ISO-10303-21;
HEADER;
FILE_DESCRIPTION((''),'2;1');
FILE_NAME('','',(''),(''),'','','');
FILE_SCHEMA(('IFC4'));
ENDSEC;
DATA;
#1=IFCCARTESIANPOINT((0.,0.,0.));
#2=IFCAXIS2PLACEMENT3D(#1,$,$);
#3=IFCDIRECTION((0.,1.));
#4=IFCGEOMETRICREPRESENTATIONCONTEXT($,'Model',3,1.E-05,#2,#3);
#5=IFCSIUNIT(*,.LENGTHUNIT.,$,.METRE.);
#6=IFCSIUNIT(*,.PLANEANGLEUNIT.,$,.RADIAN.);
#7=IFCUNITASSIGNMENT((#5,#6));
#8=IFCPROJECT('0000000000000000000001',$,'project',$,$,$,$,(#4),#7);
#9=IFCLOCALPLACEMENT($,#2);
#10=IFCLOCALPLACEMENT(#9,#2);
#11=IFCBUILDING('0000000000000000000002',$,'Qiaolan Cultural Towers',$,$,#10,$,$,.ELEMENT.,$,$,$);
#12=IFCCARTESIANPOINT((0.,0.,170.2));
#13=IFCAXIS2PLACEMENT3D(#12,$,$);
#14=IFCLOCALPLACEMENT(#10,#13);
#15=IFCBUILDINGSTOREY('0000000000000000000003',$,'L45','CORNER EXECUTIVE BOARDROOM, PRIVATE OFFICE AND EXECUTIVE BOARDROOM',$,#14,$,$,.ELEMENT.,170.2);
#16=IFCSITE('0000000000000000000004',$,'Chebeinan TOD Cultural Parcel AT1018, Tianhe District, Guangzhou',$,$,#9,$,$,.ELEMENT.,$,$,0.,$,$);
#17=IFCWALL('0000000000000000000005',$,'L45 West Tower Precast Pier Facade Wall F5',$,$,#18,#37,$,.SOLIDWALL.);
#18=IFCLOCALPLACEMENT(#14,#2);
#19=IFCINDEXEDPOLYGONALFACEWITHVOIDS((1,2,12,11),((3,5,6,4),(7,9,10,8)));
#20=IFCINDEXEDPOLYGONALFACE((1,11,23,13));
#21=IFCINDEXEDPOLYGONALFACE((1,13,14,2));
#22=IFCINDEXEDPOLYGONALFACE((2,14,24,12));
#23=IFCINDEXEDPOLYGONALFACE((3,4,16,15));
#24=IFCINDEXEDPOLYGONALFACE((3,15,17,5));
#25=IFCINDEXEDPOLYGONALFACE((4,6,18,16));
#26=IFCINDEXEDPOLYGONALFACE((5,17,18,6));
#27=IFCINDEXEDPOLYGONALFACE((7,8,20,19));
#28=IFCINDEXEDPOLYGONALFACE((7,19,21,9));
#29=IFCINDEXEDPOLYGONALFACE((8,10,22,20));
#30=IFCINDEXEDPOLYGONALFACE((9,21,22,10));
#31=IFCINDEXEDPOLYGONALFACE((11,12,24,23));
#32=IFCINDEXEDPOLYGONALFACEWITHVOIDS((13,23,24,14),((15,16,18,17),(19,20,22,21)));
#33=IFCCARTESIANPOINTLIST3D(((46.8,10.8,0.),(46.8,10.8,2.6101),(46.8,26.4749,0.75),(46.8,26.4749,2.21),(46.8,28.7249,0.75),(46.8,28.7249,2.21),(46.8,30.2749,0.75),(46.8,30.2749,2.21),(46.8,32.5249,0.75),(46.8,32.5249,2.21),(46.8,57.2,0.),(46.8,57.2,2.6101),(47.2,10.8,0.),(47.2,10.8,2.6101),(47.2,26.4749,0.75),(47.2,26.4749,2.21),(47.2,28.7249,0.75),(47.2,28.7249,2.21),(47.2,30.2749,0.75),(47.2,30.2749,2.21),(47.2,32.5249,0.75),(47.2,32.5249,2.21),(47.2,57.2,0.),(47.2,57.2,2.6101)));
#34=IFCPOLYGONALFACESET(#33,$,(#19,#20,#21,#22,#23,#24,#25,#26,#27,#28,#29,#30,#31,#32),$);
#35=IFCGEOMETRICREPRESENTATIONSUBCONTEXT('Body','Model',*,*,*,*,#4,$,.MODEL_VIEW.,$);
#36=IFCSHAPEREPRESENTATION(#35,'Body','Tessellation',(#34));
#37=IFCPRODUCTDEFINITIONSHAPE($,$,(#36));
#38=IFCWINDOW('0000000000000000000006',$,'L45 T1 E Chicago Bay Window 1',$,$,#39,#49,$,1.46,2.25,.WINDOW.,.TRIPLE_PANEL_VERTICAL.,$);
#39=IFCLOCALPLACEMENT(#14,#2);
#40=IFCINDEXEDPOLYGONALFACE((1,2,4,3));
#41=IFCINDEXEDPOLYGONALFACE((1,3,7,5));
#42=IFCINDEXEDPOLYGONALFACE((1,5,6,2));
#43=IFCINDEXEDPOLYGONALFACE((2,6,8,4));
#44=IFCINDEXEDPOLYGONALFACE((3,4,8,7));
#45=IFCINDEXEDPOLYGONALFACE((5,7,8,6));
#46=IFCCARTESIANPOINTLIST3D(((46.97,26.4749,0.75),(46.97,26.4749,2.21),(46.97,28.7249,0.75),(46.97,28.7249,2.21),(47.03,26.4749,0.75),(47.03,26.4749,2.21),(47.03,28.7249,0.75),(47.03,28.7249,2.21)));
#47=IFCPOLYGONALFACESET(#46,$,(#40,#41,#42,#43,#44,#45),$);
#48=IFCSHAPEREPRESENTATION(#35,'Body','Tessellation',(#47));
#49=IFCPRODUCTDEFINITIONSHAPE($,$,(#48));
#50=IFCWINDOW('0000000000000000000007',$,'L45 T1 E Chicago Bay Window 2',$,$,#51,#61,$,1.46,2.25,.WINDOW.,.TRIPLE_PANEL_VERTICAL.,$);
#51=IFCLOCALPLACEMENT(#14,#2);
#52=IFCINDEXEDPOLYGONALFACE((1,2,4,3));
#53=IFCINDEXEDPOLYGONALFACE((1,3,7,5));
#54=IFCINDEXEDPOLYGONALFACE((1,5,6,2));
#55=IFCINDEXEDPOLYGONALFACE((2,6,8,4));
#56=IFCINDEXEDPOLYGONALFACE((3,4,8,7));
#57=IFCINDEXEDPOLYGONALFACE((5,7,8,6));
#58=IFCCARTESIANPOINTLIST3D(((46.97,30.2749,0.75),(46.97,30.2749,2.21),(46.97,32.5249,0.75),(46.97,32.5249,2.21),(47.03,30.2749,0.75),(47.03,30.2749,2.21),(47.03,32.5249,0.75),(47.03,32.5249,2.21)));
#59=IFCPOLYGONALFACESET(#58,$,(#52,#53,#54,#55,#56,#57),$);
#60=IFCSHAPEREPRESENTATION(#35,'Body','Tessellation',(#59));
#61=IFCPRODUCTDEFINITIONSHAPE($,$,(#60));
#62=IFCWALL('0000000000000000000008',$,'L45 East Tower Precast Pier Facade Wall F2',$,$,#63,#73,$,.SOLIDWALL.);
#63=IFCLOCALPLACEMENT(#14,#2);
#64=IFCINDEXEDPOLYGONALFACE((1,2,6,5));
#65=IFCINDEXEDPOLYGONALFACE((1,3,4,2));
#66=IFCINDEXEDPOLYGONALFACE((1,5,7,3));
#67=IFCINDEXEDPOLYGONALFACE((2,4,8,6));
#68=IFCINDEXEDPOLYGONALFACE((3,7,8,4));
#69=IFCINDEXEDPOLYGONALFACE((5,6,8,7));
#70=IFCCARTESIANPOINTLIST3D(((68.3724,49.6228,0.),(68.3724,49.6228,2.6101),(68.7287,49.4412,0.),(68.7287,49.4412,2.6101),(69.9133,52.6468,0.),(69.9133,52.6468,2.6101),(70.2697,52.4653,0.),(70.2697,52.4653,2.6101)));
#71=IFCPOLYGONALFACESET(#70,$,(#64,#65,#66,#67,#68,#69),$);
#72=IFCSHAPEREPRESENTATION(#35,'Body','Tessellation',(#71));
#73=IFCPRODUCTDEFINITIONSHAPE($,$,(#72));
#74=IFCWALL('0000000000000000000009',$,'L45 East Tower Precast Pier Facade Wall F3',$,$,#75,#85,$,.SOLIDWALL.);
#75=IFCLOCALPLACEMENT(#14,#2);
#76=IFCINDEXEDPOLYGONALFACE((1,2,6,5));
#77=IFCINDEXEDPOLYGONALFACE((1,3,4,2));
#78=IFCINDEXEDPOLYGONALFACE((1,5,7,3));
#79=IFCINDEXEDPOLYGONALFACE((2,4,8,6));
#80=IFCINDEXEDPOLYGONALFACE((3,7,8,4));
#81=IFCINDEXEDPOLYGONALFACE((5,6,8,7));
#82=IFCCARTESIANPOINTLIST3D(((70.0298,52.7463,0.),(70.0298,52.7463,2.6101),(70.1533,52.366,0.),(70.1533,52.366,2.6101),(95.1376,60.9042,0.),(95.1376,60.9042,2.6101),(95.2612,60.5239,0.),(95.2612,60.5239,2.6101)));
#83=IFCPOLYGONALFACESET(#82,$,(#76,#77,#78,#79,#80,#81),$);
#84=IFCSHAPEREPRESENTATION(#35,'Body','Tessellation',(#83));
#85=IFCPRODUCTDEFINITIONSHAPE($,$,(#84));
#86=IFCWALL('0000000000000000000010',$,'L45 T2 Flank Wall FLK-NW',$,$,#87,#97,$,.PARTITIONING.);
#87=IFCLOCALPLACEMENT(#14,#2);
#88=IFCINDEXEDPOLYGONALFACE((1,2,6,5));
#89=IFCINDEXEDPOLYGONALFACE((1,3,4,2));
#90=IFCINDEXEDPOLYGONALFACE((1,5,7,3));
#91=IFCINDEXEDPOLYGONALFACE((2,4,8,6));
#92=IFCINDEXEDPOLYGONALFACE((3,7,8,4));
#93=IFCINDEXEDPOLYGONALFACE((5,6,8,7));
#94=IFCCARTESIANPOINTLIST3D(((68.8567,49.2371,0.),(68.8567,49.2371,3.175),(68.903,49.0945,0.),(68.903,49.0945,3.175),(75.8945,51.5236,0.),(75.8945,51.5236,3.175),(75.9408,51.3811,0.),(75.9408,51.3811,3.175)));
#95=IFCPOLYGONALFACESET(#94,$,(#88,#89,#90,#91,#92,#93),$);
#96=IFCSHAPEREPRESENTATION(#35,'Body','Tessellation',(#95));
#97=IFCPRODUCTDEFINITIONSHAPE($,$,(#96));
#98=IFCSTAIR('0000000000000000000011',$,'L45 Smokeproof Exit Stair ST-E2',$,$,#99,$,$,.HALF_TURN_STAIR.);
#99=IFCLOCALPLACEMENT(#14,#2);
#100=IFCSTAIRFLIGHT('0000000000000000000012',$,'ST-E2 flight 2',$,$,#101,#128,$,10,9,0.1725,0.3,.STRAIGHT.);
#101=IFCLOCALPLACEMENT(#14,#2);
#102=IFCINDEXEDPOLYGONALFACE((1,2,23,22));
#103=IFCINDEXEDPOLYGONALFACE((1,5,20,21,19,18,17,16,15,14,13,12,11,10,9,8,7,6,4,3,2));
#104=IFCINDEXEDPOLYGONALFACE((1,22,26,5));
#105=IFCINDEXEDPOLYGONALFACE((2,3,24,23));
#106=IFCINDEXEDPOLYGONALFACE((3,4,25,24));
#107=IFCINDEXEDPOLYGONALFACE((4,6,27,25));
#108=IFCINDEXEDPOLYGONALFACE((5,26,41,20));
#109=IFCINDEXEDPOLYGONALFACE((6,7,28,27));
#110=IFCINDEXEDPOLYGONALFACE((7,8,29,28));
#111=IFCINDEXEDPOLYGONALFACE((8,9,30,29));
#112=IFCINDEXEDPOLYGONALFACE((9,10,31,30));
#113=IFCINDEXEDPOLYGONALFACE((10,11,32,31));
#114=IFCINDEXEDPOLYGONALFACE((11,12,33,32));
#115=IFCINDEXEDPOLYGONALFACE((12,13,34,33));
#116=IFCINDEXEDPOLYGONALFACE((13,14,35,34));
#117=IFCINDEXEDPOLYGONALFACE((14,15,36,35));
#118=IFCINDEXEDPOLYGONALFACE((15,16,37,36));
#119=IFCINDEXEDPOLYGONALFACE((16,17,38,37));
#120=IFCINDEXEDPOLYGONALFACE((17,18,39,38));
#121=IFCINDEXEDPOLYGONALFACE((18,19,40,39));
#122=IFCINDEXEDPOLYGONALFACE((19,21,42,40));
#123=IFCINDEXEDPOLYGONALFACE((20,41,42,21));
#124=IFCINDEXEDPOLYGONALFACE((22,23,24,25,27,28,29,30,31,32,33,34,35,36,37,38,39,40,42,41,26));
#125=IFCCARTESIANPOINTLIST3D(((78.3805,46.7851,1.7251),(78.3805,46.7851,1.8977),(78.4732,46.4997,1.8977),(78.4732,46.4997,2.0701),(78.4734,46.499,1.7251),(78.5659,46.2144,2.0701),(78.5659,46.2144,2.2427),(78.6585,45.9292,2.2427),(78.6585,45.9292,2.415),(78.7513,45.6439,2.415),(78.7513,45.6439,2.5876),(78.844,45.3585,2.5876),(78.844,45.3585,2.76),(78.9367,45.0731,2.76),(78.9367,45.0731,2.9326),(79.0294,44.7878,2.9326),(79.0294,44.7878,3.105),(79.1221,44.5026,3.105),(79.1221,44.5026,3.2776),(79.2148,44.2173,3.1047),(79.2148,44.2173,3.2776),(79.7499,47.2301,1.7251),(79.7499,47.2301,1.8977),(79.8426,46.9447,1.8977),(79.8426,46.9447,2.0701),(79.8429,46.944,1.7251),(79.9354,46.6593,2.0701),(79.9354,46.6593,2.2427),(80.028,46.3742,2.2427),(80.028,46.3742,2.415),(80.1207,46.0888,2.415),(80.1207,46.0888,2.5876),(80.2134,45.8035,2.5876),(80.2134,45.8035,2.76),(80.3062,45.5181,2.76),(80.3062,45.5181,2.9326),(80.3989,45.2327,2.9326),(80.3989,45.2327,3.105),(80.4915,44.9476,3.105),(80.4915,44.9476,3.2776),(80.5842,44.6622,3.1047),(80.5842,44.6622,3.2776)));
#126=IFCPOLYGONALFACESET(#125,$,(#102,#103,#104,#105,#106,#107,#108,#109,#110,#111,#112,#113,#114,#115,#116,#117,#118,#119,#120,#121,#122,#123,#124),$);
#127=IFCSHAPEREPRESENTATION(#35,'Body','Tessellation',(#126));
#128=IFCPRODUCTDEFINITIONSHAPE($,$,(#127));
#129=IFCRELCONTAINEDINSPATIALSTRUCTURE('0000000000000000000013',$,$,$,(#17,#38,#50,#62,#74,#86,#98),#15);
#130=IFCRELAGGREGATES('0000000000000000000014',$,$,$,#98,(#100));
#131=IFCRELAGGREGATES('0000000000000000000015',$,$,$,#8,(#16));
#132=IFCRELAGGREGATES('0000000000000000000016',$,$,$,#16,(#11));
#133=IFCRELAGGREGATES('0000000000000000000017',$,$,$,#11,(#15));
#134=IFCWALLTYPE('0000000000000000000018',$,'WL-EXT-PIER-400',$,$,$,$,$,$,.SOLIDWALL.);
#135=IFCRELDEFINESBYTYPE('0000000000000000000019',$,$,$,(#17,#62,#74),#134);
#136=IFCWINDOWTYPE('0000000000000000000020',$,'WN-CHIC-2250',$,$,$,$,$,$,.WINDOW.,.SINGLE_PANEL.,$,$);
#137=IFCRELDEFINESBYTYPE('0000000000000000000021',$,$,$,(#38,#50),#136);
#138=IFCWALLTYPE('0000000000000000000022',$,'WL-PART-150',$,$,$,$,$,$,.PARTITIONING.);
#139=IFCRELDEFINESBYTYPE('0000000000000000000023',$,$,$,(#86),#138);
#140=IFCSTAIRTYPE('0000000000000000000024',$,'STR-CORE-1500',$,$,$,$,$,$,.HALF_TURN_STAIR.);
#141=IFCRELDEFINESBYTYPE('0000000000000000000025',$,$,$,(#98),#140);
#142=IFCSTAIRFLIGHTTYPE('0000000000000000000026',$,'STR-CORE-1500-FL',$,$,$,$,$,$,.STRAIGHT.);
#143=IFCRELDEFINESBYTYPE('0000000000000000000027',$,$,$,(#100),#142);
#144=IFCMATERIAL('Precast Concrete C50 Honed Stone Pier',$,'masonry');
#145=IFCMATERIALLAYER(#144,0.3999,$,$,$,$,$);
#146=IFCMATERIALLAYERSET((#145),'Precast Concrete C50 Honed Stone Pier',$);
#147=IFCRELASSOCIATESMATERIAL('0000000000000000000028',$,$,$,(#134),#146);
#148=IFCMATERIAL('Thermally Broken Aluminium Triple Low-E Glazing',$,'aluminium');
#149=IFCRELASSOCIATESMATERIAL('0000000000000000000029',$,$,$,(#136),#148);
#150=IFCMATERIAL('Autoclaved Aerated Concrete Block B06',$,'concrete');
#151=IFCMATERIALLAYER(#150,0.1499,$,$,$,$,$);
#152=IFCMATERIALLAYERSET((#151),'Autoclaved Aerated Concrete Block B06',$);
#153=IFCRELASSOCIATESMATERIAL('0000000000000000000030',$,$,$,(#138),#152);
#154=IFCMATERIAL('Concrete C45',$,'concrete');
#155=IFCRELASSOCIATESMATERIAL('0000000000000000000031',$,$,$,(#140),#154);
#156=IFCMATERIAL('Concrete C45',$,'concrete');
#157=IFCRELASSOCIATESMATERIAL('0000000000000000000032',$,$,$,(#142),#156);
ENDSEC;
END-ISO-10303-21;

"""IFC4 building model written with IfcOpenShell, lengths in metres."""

from ifc_helpers import new_model, si_unit, direction, frame, frame_2d, origin, place, context, subcontext, project, spatial, polyline, rectangle, outline, extrude, material, layer, layer_set, type_object, element, fill, aggregate, save


model = new_model("IFC4")

# Units and contexts
model_context = context("Model", 3, precision=1e-05, world=origin(), true_north=direction((0.0, 1.0)))
body_context = subcontext(model_context, "Body", "Model", "MODEL_VIEW")
ifc_project = project(units=[si_unit("LENGTHUNIT", "METRE"), si_unit("PLANEANGLEUNIT", "RADIAN")], contexts=[model_context])

# Site, building, storey
site_placement = place(None, origin())
site = spatial("IfcSite", under=ifc_project, at=site_placement, Name="Chebeinan TOD Cultural Parcel AT1018, Tianhe District, Guangzhou", CompositionType="ELEMENT", RefElevation=0.0)
building_placement = place(site_placement, origin())
building = spatial("IfcBuilding", under=site, at=building_placement, Name="Qiaolan Cultural Towers", CompositionType="ELEMENT")
storey_placement = place(building_placement, frame((0.0, 0.0, 170.2)))
storey = spatial("IfcBuildingStorey", under=building, at=storey_placement, Name="L45", Description="CORNER EXECUTIVE BOARDROOM, PRIVATE OFFICE AND EXECUTIVE BOARDROOM", CompositionType="ELEMENT", Elevation=170.2)

# Wall, openings, windows
ifc_material_1 = material(Name="Precast Concrete C50 Honed Stone Pier", Category="masonry")
ifc_layer_1 = layer(ifc_material_1, 0.3999)
ifc_layer_set_1 = layer_set([ifc_layer_1], Name="Precast Concrete C50 Honed Stone Pier")
wall_type_1 = type_object("IfcWallType", Name="WL-EXT-PIER-400", PredefinedType="SOLIDWALL", material=ifc_layer_set_1)
wall_1_placement = place(storey_placement, frame((47.0, 57.2, 0.0), z_axis=(0.0, 0.0, 1.0), x_axis=(0.0, -1.0, 0.0)))
wall_1 = element("IfcWall", 1, at=wall_1_placement, inside=storey, type_object=wall_type_1, Name="L45 West Tower Precast Pier Facade Wall F5", PredefinedType="SOLIDWALL", context=body_context, shape_type="SweptSolid", body=[
    extrude(rectangle(XDim=46.3999, YDim=0.3999, at=frame_2d((23.2, 0.0))), origin(), (0.0, 0.0, 1.0), 2.6101),
])
opening_1_placement = place(wall_1_placement, frame((28.4751, 0.0, 0.75)))
opening_1 = element("IfcOpeningElement", 2, at=opening_1_placement, cuts=wall_1, PredefinedType="OPENING", context=body_context, shape_type="SweptSolid", body=[
    extrude(rectangle(XDim=2.25, YDim=1.46, at=frame_2d((1.125, 0.73))), frame((0.0, 0.21, 0.0), z_axis=(0.0, -1.0, 0.0), x_axis=(1.0, 0.0, 0.0)), (0.0, 0.0, 1.0), 0.4199),
])
opening_2_placement = place(wall_1_placement, frame((24.675, 0.0, 0.75)))
opening_2 = element("IfcOpeningElement", 3, at=opening_2_placement, cuts=wall_1, PredefinedType="OPENING", context=body_context, shape_type="SweptSolid", body=[
    extrude(rectangle(XDim=2.25, YDim=1.46, at=frame_2d((1.125, 0.73))), frame((0.0, 0.21, 0.0), z_axis=(0.0, -1.0, 0.0), x_axis=(1.0, 0.0, 0.0)), (0.0, 0.0, 1.0), 0.4199),
])
ifc_material_2 = material(Name="Thermally Broken Aluminium Triple Low-E Glazing", Category="aluminium")
window_type = type_object("IfcWindowType", Name="WN-CHIC-2250", PartitioningType="SINGLE_PANEL", PredefinedType="WINDOW", material=ifc_material_2)
window_1_placement = place(opening_1_placement, origin())
window_1 = element("IfcWindow", 4, at=window_1_placement, inside=storey, type_object=window_type, Name="L45 T1 E Chicago Bay Window 1", OverallHeight=1.46, OverallWidth=2.25, PartitioningType="TRIPLE_PANEL_VERTICAL", PredefinedType="WINDOW", context=body_context, shape_type="SweptSolid", body=[
    extrude(rectangle(XDim=2.25, YDim=1.46, at=frame_2d((1.125, 0.73))), frame((0.0, 0.03, 0.0), z_axis=(0.0, -1.0, 0.0), x_axis=(1.0, 0.0, 0.0)), (0.0, 0.0, 1.0), 0.0601),
])
fill(opening_1, window_1)
window_2_placement = place(opening_2_placement, origin())
window_2 = element("IfcWindow", 5, at=window_2_placement, inside=storey, type_object=window_type, Name="L45 T1 E Chicago Bay Window 2", OverallHeight=1.46, OverallWidth=2.25, PartitioningType="TRIPLE_PANEL_VERTICAL", PredefinedType="WINDOW", context=body_context, shape_type="SweptSolid", body=[
    extrude(rectangle(XDim=2.25, YDim=1.46, at=frame_2d((1.125, 0.73))), frame((0.0, 0.03, 0.0), z_axis=(0.0, -1.0, 0.0), x_axis=(1.0, 0.0, 0.0)), (0.0, 0.0, 1.0), 0.0601),
])
fill(opening_2, window_2)

# Walls
wall_2_placement = place(storey_placement, frame((68.5505, 49.532, 0.0), z_axis=(0.0, 0.0, 1.0), x_axis=(0.45402, 0.890992, 0.0)))
element("IfcWall", 6, at=wall_2_placement, inside=storey, type_object=wall_type_1, Name="L45 East Tower Precast Pier Facade Wall F2", PredefinedType="SOLIDWALL", context=body_context, shape_type="SweptSolid", body=[
    extrude(rectangle(XDim=3.394, YDim=0.3999, at=frame_2d((1.697, 0.0))), origin(), (0.0, 0.0, 1.0), 2.6101),
])
wall_3_placement = place(storey_placement, frame((70.0916, 52.5562, 0.0), z_axis=(0.0, 0.0, 1.0), x_axis=(0.951058, 0.309014, 0.0)))
element("IfcWall", 7, at=wall_3_placement, inside=storey, type_object=wall_type_1, Name="L45 East Tower Precast Pier Facade Wall F3", PredefinedType="SOLIDWALL", context=body_context, shape_type="SweptSolid", body=[
    extrude(rectangle(XDim=26.3999, YDim=0.3999, at=frame_2d((13.2, 0.0))), origin(), (0.0, 0.0, 1.0), 2.6101),
])
ifc_material_3 = material(Name="Autoclaved Aerated Concrete Block B06", Category="concrete")
ifc_layer_2 = layer(ifc_material_3, 0.1499)
ifc_layer_set_2 = layer_set([ifc_layer_2], Name="Autoclaved Aerated Concrete Block B06")
wall_type_2 = type_object("IfcWallType", Name="WL-PART-150", PredefinedType="PARTITIONING", material=ifc_layer_set_2)
wall_4_placement = place(storey_placement, frame((68.8799, 49.1658, 0.0), z_axis=(0.0, 0.0, 1.0), x_axis=(0.951061, 0.309003, 0.0)))
element("IfcWall", 8, at=wall_4_placement, inside=storey, type_object=wall_type_2, Name="L45 T2 Flank Wall FLK-NW", PredefinedType="PARTITIONING", context=body_context, shape_type="SweptSolid", body=[
    extrude(rectangle(XDim=7.3999, YDim=0.1499, at=frame_2d((3.7, 0.0))), origin(), (0.0, 0.0, 1.0), 3.175),
])

# Stair, stair flight
ifc_material_4 = material(Name="Concrete C45", Category="concrete")
stair_type = type_object("IfcStairType", Name="STR-CORE-1500", PredefinedType="HALF_TURN_STAIR", material=ifc_material_4)
stair_placement = place(storey_placement, origin())
stair = element("IfcStair", 9, at=stair_placement, inside=storey, type_object=stair_type, Name="L45 Smokeproof Exit Stair ST-E2", PredefinedType="HALF_TURN_STAIR")
ifc_material_5 = material(Name="Concrete C45", Category="concrete")
stair_flight_type = type_object("IfcStairFlightType", Name="STR-CORE-1500-FL", PredefinedType="STRAIGHT", material=ifc_material_5)
stair_flight_placement = place(storey_placement, frame((79.0652, 47.0076, 1.7251), z_axis=(0.0, 0.0, 1.0), x_axis=(0.309017, -0.951057, 0.0)))
stair_flight = element("IfcStairFlight", 10, at=stair_flight_placement, type_object=stair_flight_type, Name="ST-E2 flight 2", NumberOfRisers=10, NumberOfTreads=9, PredefinedType="STRAIGHT", RiserHeight=0.1725, TreadLength=0.3, context=body_context, shape_type="SweptSolid", body=[
    extrude(outline(polyline([(0.0, 0.0), (0.0, 0.1726), (0.3, 0.1726), (0.3, 0.345), (0.6001, 0.345), (0.6001, 0.5176), (0.8999, 0.5176), (0.8999, 0.6899), (1.2, 0.6899), (1.2, 0.8625), (1.5, 0.8625), (1.5, 1.0349), (1.8, 1.0349), (1.8, 1.2075), (2.1001, 1.2075), (2.1001, 1.3799), (2.3999, 1.3799), (2.3999, 1.5525), (2.7, 1.5525), (2.7, 1.7251), (2.7, 1.3796), (0.3008, 0.0), (0.0, 0.0)])), frame((0.0, 0.72, 0.0), z_axis=(0.0, -1.0, 0.0), x_axis=(1.0, 0.0, 0.0)), (0.0, 0.0, 1.0), 1.4399),
])
aggregate(stair, [stair_flight])

save(model, "model.ifc")
